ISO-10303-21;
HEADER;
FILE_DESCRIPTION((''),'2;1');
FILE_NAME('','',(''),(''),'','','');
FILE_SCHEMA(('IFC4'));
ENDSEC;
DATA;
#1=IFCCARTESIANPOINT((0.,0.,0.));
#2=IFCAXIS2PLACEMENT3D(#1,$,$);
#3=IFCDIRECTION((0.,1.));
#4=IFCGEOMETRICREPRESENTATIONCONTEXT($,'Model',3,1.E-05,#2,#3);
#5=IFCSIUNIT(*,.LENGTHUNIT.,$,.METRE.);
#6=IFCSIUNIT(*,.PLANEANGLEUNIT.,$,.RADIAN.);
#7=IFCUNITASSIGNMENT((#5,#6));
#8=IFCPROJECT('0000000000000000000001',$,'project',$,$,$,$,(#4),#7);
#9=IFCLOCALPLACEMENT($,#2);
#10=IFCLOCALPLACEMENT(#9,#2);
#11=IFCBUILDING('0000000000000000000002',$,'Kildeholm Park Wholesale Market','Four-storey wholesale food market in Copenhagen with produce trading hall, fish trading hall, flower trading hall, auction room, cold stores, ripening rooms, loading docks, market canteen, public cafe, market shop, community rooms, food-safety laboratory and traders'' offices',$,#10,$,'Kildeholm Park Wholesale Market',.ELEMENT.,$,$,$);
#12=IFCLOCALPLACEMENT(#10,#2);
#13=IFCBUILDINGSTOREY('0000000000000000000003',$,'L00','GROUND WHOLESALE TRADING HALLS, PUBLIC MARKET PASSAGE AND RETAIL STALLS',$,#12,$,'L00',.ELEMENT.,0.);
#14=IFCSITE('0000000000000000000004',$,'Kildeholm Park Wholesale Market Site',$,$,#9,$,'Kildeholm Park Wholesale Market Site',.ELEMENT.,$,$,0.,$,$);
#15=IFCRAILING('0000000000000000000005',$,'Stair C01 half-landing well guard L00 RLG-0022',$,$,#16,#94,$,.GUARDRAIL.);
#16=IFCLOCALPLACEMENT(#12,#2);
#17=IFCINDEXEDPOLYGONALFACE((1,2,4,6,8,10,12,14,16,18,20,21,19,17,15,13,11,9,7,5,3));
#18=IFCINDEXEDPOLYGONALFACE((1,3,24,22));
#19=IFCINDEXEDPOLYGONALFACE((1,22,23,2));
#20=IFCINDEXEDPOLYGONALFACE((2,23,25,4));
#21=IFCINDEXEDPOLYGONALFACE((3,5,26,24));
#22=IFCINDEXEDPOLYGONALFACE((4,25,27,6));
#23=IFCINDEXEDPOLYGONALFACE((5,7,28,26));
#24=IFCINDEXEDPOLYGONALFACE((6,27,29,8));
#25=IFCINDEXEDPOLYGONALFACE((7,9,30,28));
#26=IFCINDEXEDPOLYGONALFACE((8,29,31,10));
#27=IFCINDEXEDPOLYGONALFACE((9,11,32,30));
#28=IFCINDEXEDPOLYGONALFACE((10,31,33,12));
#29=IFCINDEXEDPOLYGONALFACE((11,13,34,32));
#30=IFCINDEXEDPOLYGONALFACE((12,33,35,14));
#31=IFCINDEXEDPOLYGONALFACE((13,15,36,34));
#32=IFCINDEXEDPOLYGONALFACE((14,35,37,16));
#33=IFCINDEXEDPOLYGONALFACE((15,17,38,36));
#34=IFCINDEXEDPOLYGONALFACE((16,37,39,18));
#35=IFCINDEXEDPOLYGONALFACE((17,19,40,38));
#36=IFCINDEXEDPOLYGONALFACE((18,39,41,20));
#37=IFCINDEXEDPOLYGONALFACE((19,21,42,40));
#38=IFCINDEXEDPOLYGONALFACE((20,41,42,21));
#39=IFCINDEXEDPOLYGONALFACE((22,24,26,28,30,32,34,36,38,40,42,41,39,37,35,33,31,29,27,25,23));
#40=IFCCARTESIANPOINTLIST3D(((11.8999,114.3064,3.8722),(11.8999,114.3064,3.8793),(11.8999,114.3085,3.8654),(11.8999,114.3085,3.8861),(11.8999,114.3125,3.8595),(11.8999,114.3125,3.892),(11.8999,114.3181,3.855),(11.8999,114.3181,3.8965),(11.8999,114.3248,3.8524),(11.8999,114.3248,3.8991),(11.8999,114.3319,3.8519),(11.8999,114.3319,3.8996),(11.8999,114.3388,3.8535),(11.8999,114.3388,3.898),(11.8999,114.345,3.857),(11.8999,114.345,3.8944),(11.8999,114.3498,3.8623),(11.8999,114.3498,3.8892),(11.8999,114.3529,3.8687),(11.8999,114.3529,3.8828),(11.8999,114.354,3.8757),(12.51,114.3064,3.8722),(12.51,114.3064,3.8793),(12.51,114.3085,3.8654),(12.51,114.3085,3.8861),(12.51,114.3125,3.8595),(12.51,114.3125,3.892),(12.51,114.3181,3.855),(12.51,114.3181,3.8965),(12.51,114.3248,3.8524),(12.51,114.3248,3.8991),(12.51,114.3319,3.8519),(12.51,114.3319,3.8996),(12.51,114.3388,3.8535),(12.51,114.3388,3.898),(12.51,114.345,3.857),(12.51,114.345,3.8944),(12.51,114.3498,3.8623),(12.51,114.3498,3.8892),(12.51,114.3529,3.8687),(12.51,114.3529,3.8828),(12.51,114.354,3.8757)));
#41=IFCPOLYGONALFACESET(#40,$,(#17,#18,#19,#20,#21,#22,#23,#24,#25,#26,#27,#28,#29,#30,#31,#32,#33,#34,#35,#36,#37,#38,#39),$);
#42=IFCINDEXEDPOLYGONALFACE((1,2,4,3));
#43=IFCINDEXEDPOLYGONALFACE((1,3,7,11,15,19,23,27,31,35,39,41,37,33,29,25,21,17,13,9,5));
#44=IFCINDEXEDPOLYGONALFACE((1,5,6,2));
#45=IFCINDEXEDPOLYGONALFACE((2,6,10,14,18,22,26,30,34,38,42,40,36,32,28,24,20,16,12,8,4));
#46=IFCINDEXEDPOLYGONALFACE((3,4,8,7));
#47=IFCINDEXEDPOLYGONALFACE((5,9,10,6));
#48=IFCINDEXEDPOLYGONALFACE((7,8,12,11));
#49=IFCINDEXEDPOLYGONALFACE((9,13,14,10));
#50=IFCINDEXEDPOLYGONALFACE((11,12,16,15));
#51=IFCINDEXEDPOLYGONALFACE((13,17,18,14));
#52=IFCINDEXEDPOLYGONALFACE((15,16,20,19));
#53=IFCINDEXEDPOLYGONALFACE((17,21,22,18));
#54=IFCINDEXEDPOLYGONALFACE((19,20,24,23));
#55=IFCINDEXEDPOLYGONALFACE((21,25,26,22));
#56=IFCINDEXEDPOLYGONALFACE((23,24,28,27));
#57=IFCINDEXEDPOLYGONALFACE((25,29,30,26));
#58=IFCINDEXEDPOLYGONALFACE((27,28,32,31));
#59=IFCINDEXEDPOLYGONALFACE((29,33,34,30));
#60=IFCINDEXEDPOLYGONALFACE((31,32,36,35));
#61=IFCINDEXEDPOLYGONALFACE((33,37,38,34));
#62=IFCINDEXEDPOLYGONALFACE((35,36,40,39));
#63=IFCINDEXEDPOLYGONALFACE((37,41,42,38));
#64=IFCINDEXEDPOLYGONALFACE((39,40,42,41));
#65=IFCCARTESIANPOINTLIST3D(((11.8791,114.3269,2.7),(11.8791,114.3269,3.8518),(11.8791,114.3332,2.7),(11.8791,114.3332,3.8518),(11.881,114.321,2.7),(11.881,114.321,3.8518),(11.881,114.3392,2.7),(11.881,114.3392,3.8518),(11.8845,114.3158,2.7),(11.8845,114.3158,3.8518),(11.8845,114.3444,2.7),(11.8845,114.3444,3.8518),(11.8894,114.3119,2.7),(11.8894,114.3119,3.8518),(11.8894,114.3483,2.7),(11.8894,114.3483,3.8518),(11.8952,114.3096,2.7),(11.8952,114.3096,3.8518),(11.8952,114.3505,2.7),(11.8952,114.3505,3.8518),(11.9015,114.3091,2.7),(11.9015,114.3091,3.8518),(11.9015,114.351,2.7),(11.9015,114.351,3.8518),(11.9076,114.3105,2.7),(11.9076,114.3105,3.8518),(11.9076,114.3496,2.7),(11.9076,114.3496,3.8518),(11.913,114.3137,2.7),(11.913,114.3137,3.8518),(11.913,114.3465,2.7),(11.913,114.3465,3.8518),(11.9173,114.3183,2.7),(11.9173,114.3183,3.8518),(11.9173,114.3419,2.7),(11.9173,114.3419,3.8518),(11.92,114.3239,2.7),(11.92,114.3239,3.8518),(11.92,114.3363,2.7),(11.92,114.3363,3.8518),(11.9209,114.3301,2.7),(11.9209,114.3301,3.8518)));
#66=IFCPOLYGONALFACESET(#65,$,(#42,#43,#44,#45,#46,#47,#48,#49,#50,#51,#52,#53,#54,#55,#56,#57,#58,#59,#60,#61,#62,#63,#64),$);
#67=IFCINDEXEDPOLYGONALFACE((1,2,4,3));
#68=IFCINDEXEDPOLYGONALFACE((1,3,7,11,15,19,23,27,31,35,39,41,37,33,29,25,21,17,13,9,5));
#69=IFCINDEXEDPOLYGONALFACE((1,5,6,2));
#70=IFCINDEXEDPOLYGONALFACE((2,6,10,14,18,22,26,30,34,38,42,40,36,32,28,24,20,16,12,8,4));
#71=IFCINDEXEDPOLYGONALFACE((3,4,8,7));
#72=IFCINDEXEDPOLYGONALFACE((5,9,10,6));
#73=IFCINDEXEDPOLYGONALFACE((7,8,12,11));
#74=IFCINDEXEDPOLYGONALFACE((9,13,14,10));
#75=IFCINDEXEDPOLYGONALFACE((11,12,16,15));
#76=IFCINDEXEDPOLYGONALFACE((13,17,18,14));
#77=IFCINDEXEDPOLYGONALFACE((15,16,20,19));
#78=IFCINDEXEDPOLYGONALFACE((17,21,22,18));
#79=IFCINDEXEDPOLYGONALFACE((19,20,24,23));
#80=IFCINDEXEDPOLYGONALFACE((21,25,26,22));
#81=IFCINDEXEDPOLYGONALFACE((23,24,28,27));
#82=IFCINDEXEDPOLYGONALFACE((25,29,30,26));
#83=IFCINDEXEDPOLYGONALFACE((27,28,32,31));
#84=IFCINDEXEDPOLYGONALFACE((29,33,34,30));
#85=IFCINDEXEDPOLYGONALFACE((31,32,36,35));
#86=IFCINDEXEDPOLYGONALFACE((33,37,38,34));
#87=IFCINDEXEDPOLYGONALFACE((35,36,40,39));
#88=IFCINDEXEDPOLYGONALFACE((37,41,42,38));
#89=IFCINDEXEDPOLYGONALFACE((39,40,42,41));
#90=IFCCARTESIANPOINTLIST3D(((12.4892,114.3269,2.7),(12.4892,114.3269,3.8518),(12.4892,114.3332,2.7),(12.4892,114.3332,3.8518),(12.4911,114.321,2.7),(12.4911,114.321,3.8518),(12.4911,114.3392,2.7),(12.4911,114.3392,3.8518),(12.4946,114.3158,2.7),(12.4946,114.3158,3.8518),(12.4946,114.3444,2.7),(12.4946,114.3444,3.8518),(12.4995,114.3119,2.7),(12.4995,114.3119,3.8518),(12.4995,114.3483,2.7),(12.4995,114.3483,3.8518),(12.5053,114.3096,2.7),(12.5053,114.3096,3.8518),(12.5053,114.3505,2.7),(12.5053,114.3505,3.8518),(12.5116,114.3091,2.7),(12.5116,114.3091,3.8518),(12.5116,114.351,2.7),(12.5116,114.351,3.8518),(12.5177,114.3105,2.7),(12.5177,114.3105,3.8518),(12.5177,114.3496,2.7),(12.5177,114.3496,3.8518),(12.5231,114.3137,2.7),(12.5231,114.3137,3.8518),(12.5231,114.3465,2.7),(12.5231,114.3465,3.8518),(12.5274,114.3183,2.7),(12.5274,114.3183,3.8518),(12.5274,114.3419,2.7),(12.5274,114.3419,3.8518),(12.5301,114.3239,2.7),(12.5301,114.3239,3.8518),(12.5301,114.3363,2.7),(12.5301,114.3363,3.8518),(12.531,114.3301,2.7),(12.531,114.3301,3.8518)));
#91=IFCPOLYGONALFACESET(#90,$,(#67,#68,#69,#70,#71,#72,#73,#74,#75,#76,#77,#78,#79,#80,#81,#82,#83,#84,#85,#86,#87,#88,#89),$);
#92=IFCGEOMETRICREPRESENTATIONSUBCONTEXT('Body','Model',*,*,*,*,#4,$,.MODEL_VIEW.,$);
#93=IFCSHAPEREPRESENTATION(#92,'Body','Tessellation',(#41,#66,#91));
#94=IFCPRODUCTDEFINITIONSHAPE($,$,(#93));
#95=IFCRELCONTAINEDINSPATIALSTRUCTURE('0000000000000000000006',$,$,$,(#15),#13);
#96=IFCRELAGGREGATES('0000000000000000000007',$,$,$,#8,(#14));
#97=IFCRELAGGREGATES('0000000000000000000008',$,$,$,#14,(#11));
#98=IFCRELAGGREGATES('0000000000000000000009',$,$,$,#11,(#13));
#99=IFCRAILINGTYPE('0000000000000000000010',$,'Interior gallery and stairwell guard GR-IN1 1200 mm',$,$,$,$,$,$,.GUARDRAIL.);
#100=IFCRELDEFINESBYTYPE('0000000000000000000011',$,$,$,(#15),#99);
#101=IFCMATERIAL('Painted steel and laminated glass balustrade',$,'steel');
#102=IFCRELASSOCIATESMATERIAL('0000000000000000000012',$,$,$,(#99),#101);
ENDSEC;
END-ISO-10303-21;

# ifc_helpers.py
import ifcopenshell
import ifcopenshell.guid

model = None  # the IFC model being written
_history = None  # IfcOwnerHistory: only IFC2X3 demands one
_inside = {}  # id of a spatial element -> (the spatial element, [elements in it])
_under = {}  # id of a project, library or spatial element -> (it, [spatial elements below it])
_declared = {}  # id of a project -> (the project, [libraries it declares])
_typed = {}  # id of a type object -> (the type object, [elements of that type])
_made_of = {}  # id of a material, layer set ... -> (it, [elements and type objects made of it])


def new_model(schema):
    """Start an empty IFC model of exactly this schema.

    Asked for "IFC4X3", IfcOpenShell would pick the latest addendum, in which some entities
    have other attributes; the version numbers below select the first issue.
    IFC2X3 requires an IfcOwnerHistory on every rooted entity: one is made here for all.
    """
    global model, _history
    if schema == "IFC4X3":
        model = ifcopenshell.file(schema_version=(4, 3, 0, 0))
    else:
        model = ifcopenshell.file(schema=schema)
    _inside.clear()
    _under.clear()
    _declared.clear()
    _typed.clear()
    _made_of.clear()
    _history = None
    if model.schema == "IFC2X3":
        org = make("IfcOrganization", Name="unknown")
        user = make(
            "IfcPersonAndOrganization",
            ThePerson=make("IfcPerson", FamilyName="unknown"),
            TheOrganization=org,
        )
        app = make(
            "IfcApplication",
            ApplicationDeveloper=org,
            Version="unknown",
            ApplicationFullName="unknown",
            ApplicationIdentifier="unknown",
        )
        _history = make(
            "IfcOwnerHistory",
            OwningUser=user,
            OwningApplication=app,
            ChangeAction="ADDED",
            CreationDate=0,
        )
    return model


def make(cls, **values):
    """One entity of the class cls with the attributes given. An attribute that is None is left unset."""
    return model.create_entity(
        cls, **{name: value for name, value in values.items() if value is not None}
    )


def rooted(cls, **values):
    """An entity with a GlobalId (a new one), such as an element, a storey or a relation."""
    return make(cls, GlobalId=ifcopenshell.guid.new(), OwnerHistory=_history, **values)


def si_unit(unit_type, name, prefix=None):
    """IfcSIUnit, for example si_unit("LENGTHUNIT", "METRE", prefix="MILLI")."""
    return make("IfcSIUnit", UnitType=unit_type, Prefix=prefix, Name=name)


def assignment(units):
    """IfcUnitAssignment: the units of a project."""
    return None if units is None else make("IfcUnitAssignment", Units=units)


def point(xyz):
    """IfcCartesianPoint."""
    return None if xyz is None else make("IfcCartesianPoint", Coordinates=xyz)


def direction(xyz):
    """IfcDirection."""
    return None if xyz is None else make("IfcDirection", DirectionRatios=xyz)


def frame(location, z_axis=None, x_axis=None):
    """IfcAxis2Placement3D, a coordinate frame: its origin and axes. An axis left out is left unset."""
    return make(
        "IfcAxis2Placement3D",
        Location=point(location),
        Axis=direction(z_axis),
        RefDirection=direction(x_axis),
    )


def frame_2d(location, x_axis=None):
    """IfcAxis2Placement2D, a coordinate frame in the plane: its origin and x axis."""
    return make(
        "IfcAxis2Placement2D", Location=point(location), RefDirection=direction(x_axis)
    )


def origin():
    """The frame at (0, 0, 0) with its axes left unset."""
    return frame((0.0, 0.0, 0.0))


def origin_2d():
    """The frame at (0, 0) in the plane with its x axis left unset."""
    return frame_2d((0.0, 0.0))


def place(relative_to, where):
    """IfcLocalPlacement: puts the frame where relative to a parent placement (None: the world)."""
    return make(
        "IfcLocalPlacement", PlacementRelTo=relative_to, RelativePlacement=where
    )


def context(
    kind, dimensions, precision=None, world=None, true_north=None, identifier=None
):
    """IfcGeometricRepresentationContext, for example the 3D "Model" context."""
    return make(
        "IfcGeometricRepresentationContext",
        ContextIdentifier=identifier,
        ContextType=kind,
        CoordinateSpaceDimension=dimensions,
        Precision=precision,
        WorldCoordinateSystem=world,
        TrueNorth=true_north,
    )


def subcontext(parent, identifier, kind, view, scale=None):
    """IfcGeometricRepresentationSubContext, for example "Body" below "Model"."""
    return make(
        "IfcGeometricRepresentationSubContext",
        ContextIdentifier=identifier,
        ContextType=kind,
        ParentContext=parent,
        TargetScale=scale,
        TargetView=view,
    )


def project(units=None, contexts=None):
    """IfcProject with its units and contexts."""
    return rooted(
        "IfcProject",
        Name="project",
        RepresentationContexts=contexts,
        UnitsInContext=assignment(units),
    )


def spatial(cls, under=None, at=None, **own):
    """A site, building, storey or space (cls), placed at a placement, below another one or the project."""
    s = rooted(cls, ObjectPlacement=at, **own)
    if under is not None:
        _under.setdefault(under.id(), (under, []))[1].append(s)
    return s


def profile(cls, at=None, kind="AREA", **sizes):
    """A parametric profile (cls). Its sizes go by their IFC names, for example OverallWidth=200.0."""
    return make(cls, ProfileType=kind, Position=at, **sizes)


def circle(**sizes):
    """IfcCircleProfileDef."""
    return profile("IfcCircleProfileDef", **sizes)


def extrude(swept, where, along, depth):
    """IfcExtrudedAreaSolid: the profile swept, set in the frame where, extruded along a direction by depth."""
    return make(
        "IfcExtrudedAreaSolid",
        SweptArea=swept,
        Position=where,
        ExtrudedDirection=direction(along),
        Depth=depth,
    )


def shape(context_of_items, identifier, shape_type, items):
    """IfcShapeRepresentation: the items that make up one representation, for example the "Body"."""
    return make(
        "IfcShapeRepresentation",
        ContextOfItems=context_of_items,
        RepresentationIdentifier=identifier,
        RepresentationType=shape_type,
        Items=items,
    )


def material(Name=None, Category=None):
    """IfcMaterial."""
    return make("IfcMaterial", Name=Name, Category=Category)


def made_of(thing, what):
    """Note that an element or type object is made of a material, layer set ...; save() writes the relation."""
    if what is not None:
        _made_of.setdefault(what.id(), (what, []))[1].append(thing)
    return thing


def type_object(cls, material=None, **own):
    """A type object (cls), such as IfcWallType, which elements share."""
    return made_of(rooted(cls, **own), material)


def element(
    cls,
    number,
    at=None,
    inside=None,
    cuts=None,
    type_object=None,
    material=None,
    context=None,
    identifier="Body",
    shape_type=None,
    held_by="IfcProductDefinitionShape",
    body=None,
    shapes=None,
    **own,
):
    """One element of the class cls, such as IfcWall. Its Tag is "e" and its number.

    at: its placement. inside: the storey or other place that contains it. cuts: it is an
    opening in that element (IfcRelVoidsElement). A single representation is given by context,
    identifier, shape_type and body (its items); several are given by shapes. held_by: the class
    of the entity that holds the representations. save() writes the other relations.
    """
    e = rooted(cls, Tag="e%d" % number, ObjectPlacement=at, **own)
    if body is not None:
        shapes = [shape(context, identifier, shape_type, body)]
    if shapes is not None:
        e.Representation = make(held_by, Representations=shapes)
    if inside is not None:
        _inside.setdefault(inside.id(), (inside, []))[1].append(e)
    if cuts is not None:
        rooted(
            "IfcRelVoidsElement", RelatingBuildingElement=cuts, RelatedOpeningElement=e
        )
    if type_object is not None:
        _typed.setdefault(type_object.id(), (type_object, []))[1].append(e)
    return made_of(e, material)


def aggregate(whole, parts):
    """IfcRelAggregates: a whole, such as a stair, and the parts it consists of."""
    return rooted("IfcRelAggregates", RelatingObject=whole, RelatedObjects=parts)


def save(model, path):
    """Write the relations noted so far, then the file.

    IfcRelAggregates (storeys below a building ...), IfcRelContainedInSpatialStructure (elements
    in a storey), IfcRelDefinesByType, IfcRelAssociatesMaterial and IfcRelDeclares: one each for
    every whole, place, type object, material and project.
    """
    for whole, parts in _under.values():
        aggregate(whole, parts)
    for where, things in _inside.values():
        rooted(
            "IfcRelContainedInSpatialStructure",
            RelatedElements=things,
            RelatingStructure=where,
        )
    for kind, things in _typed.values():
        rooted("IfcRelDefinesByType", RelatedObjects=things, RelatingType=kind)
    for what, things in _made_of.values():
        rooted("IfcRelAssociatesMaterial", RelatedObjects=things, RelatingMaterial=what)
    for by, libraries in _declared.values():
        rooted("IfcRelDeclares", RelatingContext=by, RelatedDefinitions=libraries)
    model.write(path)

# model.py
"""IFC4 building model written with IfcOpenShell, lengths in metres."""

from ifc_helpers import new_model, si_unit, direction, frame, origin, origin_2d, place, context, subcontext, project, spatial, circle, extrude, material, type_object, element, save


model = new_model("IFC4")

# Units and contexts
model_context = context("Model", 3, precision=1e-05, world=origin(), true_north=direction((0.0, 1.0)))
body_context = subcontext(model_context, "Body", "Model", "MODEL_VIEW")
ifc_project = project(units=[si_unit("LENGTHUNIT", "METRE"), si_unit("PLANEANGLEUNIT", "RADIAN")], contexts=[model_context])

# Site, building, storey
site_placement = place(None, origin())
site = spatial("IfcSite", under=ifc_project, at=site_placement, Name="Kildeholm Park Wholesale Market Site", LongName="Kildeholm Park Wholesale Market Site", CompositionType="ELEMENT", RefElevation=0.0)
building_placement = place(site_placement, origin())
building = spatial("IfcBuilding", under=site, at=building_placement, Name="Kildeholm Park Wholesale Market", Description="Four-storey wholesale food market in Copenhagen with produce trading hall, fish trading hall, flower trading hall, auction room, cold stores, ripening rooms, loading docks, market canteen, public cafe, market shop, community rooms, food-safety laboratory and traders' offices", LongName="Kildeholm Park Wholesale Market", CompositionType="ELEMENT")
storey_placement = place(building_placement, origin())
storey = spatial("IfcBuildingStorey", under=building, at=storey_placement, Name="L00", Description="GROUND WHOLESALE TRADING HALLS, PUBLIC MARKET PASSAGE AND RETAIL STALLS", LongName="L00", CompositionType="ELEMENT", Elevation=0.0)

# Railing
ifc_material_1 = material(Name="Painted steel and laminated glass balustrade", Category="steel")
railing_type_1 = type_object("IfcRailingType", Name="Interior gallery and stairwell guard GR-IN1 1200 mm", PredefinedType="GUARDRAIL", material=ifc_material_1)
railing_1_placement = place(storey_placement, frame((11.8999, 114.3301, 2.7)))
element("IfcRailing", 1, at=railing_1_placement, inside=storey, type_object=railing_type_1, Name="Stair C01 half-landing well guard L00 RLG-0022", PredefinedType="GUARDRAIL", context=body_context, shape_type="SweptSolid", body=[
    extrude(circle(Radius=0.0239, at=origin_2d()), frame((0.0, 0.0, 1.1758), z_axis=(1.0, 0.0, 0.0), x_axis=(0.0, 1.0, 0.0)), (0.0, 0.0, 1.0), 0.6101),
    extrude(circle(Radius=0.021, at=origin_2d()), origin(), (0.0, 0.0, 1.0), 1.1519),
    extrude(circle(Radius=0.021, at=origin_2d()), frame((0.6101, 0.0, 0.0)), (0.0, 0.0, 1.0), 1.1519),
])

save(model, "model.ifc")
